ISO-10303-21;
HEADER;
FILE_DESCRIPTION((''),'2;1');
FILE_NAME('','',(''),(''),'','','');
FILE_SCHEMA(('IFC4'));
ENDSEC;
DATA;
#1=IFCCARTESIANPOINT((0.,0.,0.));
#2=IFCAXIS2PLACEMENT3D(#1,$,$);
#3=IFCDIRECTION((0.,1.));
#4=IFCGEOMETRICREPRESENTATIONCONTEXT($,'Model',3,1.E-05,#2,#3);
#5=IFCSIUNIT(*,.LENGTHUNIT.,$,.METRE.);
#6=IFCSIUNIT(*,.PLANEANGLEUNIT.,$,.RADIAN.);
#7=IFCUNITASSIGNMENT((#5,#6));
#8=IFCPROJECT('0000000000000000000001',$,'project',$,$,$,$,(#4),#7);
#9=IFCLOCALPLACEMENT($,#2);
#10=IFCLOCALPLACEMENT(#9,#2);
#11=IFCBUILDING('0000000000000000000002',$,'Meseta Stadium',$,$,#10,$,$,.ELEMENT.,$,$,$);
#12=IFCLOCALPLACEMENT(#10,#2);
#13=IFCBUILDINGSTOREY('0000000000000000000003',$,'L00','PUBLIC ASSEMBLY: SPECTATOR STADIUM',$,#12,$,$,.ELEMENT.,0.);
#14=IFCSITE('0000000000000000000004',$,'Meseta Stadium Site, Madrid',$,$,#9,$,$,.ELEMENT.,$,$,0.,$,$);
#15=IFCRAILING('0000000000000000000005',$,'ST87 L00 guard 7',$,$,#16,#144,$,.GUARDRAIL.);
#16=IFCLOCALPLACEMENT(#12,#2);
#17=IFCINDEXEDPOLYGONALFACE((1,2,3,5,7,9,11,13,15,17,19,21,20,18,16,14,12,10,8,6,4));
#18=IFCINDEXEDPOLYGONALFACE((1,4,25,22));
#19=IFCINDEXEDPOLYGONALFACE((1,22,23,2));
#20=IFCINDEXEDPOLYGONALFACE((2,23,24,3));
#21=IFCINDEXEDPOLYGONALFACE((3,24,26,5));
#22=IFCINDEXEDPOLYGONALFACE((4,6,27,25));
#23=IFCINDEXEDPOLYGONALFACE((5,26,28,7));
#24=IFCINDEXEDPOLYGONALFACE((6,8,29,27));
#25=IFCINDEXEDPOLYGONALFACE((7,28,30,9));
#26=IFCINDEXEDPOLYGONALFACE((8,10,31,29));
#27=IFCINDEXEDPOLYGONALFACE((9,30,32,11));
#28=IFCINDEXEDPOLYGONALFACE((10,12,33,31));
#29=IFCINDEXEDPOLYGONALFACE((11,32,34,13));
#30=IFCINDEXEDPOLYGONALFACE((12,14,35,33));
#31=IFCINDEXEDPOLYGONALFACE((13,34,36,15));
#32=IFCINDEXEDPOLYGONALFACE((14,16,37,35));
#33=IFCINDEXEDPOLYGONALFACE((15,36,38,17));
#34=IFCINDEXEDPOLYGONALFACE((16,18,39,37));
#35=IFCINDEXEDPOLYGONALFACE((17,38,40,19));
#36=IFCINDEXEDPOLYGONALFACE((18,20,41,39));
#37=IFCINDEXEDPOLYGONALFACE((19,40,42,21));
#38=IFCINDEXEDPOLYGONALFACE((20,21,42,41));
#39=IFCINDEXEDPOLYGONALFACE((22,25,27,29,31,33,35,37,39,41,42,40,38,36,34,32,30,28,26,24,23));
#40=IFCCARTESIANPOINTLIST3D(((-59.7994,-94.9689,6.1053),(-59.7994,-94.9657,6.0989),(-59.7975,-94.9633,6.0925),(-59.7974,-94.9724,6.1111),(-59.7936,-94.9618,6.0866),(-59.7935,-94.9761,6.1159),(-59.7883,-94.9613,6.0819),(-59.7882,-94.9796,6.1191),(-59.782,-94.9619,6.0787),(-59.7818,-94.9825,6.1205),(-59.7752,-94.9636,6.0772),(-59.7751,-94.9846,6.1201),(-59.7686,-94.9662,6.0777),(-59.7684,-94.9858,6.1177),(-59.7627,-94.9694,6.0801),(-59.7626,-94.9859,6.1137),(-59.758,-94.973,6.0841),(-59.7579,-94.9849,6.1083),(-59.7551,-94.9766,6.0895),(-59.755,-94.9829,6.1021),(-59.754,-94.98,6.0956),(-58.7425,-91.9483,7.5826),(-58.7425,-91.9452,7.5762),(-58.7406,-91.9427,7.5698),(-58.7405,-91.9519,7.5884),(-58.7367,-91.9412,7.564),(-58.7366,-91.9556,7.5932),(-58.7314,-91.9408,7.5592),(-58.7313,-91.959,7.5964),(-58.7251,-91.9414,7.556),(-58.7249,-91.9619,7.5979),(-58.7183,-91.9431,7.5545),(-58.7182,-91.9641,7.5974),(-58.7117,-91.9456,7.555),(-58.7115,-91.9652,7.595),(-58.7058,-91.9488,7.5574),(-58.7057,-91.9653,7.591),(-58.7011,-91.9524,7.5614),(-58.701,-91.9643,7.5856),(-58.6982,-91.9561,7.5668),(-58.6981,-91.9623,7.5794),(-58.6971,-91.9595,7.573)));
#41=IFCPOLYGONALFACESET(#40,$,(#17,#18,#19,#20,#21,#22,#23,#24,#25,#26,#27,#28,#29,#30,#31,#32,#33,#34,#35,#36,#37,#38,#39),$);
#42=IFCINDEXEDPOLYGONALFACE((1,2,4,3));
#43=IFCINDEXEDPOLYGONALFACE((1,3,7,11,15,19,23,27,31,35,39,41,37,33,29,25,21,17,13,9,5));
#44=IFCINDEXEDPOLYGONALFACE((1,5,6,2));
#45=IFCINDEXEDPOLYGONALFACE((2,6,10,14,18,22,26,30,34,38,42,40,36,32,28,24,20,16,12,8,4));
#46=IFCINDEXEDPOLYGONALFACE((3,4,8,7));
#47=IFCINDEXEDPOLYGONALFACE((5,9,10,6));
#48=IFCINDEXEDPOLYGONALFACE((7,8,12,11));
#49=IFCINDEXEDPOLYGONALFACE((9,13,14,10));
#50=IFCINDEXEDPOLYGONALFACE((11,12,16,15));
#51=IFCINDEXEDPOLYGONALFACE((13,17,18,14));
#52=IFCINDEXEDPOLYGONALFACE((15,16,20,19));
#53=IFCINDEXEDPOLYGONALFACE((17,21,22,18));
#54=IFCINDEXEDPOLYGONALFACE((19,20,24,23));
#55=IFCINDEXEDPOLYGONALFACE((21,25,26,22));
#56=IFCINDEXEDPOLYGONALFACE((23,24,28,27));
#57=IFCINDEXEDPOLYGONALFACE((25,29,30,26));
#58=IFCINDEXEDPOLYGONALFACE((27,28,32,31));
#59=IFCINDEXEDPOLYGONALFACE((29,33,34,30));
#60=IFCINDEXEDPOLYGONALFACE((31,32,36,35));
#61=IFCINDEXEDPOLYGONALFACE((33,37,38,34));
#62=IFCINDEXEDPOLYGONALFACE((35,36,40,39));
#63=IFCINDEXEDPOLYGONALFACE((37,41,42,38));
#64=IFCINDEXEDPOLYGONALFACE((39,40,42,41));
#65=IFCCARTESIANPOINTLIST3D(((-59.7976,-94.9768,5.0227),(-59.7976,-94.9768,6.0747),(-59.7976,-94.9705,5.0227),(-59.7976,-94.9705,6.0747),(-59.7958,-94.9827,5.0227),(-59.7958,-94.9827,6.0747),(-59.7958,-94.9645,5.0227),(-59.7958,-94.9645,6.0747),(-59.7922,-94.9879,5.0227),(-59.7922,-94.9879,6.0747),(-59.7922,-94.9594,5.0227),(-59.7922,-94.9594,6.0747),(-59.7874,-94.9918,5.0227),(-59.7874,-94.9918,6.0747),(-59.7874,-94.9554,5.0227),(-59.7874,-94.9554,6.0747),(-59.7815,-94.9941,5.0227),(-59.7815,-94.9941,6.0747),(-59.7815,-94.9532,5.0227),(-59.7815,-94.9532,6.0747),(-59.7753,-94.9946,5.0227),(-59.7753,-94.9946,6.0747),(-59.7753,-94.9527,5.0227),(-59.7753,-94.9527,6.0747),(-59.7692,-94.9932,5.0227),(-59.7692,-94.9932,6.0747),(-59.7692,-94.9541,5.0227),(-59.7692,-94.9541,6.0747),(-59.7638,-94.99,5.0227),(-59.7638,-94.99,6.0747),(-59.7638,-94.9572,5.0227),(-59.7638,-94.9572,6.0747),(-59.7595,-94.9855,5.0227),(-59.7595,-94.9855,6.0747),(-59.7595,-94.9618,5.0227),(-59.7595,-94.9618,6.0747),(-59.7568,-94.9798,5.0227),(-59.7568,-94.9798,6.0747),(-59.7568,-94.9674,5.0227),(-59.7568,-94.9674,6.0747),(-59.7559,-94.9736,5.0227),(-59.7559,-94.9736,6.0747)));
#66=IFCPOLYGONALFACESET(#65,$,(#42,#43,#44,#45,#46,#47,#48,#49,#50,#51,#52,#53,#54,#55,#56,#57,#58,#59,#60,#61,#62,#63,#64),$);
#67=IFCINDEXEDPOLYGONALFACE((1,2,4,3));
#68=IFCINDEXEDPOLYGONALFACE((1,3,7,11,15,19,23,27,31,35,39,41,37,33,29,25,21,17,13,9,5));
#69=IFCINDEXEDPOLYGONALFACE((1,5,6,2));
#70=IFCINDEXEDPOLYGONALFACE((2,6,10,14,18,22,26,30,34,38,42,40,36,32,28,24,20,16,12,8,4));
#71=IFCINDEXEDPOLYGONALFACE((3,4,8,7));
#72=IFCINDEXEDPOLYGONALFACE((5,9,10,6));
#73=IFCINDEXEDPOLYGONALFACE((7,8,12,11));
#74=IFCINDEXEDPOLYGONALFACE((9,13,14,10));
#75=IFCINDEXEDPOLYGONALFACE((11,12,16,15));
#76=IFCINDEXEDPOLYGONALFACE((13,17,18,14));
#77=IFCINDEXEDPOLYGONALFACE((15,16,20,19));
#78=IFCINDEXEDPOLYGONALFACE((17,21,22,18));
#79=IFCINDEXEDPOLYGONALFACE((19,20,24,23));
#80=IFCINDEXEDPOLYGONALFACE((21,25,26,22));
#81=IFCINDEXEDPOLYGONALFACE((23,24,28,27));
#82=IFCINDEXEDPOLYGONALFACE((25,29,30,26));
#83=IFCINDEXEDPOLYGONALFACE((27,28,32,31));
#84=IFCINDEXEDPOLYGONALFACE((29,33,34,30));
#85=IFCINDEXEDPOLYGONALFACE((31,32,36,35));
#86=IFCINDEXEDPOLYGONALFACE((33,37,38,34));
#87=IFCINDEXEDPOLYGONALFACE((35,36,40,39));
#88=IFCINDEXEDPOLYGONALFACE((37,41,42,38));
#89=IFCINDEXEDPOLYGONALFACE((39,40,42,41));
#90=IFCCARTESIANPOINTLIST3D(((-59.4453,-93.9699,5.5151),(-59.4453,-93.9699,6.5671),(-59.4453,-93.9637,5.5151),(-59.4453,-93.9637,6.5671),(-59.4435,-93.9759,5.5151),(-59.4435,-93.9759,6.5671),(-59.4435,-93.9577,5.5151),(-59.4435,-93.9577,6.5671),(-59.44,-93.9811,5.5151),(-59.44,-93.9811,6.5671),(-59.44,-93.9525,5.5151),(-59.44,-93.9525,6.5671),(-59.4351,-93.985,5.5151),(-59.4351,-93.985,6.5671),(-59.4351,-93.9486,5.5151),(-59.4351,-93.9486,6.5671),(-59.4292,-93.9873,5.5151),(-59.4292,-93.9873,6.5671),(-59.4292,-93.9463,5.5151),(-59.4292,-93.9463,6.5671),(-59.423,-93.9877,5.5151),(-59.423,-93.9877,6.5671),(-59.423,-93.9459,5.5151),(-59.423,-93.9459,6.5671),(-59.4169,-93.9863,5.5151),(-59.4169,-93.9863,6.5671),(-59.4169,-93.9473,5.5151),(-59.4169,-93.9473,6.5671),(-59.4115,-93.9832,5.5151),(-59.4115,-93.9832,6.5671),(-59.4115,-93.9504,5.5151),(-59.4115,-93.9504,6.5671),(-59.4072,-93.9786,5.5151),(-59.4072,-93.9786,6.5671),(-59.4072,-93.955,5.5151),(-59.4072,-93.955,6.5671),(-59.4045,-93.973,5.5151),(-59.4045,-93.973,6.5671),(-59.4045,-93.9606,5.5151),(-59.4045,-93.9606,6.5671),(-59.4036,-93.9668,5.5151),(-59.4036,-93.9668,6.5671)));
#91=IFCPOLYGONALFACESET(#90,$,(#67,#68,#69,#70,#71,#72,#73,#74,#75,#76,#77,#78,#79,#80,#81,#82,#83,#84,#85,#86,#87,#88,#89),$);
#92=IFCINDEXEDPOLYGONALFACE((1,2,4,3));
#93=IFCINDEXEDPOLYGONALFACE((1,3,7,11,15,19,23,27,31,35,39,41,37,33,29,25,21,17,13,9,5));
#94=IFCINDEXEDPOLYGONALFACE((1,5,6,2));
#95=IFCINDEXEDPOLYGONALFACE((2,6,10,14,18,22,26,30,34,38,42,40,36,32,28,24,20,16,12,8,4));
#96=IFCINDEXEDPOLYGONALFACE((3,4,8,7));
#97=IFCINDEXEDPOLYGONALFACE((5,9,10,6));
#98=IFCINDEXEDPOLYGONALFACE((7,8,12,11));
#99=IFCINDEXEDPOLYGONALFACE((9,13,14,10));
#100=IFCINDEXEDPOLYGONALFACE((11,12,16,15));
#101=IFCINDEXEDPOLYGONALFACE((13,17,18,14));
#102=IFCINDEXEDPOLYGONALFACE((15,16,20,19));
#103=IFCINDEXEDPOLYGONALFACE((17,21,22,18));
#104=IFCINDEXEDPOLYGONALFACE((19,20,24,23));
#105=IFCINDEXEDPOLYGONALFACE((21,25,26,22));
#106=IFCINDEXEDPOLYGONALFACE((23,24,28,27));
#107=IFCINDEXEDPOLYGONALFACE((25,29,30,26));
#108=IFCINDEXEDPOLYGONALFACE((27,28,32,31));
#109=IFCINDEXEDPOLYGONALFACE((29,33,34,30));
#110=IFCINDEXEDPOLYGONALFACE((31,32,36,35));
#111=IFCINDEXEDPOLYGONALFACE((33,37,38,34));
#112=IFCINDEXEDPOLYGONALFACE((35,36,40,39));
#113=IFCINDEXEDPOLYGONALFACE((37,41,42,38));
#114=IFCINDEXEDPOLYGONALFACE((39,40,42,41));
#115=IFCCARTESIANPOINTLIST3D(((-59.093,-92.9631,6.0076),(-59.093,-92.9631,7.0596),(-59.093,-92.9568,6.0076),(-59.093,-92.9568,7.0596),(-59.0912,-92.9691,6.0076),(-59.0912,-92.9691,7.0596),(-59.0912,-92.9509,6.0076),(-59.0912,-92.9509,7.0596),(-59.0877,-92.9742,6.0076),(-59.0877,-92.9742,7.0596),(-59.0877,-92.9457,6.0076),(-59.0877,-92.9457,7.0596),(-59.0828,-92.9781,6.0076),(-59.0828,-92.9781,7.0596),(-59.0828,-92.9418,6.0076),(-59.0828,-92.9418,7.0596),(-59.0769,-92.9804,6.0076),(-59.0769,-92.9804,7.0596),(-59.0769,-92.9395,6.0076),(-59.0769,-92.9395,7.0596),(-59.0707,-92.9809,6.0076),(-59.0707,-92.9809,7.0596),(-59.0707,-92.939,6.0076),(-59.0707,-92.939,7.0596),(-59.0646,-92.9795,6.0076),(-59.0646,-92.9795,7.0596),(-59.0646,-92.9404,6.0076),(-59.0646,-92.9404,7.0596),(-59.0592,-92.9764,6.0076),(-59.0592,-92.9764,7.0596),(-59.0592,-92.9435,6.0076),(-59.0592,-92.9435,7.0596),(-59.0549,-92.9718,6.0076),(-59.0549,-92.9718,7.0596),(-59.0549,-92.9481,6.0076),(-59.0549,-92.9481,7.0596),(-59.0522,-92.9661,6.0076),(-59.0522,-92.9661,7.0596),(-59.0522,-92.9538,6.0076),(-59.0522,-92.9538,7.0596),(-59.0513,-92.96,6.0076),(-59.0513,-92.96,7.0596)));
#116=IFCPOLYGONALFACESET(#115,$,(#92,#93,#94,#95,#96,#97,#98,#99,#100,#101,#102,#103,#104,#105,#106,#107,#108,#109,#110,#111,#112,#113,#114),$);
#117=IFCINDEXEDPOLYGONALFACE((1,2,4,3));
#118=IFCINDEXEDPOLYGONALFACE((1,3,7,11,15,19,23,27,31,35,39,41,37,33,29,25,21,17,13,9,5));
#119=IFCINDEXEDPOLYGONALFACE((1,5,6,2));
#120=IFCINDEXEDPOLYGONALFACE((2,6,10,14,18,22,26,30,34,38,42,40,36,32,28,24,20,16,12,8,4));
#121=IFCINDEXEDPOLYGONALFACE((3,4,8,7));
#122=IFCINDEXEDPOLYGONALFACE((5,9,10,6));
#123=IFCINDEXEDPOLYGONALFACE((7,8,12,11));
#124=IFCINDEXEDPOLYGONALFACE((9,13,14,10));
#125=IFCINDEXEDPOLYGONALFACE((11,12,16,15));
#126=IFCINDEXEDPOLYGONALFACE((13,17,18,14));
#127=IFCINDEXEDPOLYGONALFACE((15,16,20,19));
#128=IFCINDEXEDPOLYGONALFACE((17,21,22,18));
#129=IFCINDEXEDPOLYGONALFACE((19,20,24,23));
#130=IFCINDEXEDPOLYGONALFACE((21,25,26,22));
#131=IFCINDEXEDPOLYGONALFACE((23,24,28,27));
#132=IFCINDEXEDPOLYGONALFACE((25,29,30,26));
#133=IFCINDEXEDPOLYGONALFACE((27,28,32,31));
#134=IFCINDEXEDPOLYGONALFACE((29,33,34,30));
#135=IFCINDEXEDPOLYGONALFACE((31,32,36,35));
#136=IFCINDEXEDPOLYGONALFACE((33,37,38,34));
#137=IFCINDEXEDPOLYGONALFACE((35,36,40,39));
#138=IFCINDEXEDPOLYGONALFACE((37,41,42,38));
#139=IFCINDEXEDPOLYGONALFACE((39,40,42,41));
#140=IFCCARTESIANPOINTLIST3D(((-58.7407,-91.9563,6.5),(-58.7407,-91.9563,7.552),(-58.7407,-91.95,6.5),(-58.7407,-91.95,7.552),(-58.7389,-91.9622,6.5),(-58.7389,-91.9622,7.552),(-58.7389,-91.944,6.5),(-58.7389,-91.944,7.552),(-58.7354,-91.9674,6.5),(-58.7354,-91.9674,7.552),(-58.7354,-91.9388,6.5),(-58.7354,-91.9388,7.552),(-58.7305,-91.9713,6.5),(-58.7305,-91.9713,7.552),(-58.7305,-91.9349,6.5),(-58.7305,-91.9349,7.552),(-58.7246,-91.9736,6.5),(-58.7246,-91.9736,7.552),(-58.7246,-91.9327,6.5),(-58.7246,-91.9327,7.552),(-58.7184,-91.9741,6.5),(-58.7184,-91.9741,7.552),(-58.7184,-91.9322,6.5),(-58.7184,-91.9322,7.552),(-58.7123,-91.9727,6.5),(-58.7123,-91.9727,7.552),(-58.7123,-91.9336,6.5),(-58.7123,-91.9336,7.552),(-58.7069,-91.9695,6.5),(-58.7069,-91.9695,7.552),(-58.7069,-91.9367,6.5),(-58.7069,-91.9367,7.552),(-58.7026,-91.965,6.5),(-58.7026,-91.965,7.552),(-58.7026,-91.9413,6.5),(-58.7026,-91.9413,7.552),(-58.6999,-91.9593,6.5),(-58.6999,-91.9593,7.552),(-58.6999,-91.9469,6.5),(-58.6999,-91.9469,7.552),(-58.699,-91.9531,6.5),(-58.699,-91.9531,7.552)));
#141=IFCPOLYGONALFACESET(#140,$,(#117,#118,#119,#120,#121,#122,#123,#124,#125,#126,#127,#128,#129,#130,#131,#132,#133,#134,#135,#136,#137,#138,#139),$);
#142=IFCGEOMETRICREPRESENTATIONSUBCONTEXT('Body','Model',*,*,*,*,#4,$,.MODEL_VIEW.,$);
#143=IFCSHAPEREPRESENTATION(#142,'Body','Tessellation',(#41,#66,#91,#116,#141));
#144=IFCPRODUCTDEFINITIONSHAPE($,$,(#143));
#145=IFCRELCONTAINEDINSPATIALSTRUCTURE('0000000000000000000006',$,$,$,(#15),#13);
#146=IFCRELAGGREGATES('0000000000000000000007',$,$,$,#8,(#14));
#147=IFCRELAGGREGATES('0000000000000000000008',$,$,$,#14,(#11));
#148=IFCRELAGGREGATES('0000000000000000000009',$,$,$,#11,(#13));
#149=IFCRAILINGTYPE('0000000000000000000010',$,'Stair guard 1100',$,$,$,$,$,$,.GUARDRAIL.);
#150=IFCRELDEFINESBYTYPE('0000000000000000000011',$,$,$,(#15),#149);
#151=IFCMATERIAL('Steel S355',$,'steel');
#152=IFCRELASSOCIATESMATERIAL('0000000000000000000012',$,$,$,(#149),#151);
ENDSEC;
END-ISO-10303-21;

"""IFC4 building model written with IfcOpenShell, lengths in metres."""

from ifc_helpers import new_model, si_unit, direction, frame, origin, origin_2d, place, context, subcontext, project, spatial, circle, extrude, material, type_object, element, save


model = new_model("IFC4")

# Units and contexts
model_context = context("Model", 3, precision=1e-05, world=origin(), true_north=direction((0.0, 1.0)))
body_context = subcontext(model_context, "Body", "Model", "MODEL_VIEW")
ifc_project = project(units=[si_unit("LENGTHUNIT", "METRE"), si_unit("PLANEANGLEUNIT", "RADIAN")], contexts=[model_context])

# Site, building, storey
site_placement = place(None, origin())
site = spatial("IfcSite", under=ifc_project, at=site_placement, Name="Meseta Stadium Site, Madrid", CompositionType="ELEMENT", RefElevation=0.0)
building_placement = place(site_placement, origin())
building = spatial("IfcBuilding", under=site, at=building_placement, Name="Meseta Stadium", CompositionType="ELEMENT")
storey_placement = place(building_placement, origin())
storey = spatial("IfcBuildingStorey", under=building, at=storey_placement, Name="L00", Description="PUBLIC ASSEMBLY: SPECTATOR STADIUM", CompositionType="ELEMENT", Elevation=0.0)

# Railing
ifc_material_1 = material(Name="Steel S355", Category="steel")
railing_type_1 = type_object("IfcRailingType", Name="Stair guard 1100", PredefinedType="GUARDRAIL", material=ifc_material_1)
railing_1_placement = place(storey_placement, frame((-59.7769, -94.9736, 5.0227)))
element("IfcRailing", 1, at=railing_1_placement, inside=storey, type_object=railing_type_1, Name="ST87 L00 guard 7", PredefinedType="GUARDRAIL", context=body_context, shape_type="SweptSolid", body=[
    extrude(circle(Radius=0.0239, at=origin_2d()), frame((0.0, 0.0, 1.0762), z_axis=(0.299859, 0.856977, 0.419137), x_axis=(-0.943887, 0.330269, 0.0)), (0.0, 0.0, 1.0), 3.5247),
    extrude(circle(Radius=0.021, at=origin_2d()), origin(), (0.0, 0.0, 1.0), 1.052),
    extrude(circle(Radius=0.021, at=origin_2d()), frame((0.3523, 1.0068, 0.4924)), (0.0, 0.0, 1.0), 1.052),
    extrude(circle(Radius=0.021, at=origin_2d()), frame((0.7046, 2.0137, 0.9849)), (0.0, 0.0, 1.0), 1.052),
    extrude(circle(Radius=0.021, at=origin_2d()), frame((1.0569, 3.0205, 1.4773)), (0.0, 0.0, 1.0), 1.052),
])

save(model, "model.ifc")
